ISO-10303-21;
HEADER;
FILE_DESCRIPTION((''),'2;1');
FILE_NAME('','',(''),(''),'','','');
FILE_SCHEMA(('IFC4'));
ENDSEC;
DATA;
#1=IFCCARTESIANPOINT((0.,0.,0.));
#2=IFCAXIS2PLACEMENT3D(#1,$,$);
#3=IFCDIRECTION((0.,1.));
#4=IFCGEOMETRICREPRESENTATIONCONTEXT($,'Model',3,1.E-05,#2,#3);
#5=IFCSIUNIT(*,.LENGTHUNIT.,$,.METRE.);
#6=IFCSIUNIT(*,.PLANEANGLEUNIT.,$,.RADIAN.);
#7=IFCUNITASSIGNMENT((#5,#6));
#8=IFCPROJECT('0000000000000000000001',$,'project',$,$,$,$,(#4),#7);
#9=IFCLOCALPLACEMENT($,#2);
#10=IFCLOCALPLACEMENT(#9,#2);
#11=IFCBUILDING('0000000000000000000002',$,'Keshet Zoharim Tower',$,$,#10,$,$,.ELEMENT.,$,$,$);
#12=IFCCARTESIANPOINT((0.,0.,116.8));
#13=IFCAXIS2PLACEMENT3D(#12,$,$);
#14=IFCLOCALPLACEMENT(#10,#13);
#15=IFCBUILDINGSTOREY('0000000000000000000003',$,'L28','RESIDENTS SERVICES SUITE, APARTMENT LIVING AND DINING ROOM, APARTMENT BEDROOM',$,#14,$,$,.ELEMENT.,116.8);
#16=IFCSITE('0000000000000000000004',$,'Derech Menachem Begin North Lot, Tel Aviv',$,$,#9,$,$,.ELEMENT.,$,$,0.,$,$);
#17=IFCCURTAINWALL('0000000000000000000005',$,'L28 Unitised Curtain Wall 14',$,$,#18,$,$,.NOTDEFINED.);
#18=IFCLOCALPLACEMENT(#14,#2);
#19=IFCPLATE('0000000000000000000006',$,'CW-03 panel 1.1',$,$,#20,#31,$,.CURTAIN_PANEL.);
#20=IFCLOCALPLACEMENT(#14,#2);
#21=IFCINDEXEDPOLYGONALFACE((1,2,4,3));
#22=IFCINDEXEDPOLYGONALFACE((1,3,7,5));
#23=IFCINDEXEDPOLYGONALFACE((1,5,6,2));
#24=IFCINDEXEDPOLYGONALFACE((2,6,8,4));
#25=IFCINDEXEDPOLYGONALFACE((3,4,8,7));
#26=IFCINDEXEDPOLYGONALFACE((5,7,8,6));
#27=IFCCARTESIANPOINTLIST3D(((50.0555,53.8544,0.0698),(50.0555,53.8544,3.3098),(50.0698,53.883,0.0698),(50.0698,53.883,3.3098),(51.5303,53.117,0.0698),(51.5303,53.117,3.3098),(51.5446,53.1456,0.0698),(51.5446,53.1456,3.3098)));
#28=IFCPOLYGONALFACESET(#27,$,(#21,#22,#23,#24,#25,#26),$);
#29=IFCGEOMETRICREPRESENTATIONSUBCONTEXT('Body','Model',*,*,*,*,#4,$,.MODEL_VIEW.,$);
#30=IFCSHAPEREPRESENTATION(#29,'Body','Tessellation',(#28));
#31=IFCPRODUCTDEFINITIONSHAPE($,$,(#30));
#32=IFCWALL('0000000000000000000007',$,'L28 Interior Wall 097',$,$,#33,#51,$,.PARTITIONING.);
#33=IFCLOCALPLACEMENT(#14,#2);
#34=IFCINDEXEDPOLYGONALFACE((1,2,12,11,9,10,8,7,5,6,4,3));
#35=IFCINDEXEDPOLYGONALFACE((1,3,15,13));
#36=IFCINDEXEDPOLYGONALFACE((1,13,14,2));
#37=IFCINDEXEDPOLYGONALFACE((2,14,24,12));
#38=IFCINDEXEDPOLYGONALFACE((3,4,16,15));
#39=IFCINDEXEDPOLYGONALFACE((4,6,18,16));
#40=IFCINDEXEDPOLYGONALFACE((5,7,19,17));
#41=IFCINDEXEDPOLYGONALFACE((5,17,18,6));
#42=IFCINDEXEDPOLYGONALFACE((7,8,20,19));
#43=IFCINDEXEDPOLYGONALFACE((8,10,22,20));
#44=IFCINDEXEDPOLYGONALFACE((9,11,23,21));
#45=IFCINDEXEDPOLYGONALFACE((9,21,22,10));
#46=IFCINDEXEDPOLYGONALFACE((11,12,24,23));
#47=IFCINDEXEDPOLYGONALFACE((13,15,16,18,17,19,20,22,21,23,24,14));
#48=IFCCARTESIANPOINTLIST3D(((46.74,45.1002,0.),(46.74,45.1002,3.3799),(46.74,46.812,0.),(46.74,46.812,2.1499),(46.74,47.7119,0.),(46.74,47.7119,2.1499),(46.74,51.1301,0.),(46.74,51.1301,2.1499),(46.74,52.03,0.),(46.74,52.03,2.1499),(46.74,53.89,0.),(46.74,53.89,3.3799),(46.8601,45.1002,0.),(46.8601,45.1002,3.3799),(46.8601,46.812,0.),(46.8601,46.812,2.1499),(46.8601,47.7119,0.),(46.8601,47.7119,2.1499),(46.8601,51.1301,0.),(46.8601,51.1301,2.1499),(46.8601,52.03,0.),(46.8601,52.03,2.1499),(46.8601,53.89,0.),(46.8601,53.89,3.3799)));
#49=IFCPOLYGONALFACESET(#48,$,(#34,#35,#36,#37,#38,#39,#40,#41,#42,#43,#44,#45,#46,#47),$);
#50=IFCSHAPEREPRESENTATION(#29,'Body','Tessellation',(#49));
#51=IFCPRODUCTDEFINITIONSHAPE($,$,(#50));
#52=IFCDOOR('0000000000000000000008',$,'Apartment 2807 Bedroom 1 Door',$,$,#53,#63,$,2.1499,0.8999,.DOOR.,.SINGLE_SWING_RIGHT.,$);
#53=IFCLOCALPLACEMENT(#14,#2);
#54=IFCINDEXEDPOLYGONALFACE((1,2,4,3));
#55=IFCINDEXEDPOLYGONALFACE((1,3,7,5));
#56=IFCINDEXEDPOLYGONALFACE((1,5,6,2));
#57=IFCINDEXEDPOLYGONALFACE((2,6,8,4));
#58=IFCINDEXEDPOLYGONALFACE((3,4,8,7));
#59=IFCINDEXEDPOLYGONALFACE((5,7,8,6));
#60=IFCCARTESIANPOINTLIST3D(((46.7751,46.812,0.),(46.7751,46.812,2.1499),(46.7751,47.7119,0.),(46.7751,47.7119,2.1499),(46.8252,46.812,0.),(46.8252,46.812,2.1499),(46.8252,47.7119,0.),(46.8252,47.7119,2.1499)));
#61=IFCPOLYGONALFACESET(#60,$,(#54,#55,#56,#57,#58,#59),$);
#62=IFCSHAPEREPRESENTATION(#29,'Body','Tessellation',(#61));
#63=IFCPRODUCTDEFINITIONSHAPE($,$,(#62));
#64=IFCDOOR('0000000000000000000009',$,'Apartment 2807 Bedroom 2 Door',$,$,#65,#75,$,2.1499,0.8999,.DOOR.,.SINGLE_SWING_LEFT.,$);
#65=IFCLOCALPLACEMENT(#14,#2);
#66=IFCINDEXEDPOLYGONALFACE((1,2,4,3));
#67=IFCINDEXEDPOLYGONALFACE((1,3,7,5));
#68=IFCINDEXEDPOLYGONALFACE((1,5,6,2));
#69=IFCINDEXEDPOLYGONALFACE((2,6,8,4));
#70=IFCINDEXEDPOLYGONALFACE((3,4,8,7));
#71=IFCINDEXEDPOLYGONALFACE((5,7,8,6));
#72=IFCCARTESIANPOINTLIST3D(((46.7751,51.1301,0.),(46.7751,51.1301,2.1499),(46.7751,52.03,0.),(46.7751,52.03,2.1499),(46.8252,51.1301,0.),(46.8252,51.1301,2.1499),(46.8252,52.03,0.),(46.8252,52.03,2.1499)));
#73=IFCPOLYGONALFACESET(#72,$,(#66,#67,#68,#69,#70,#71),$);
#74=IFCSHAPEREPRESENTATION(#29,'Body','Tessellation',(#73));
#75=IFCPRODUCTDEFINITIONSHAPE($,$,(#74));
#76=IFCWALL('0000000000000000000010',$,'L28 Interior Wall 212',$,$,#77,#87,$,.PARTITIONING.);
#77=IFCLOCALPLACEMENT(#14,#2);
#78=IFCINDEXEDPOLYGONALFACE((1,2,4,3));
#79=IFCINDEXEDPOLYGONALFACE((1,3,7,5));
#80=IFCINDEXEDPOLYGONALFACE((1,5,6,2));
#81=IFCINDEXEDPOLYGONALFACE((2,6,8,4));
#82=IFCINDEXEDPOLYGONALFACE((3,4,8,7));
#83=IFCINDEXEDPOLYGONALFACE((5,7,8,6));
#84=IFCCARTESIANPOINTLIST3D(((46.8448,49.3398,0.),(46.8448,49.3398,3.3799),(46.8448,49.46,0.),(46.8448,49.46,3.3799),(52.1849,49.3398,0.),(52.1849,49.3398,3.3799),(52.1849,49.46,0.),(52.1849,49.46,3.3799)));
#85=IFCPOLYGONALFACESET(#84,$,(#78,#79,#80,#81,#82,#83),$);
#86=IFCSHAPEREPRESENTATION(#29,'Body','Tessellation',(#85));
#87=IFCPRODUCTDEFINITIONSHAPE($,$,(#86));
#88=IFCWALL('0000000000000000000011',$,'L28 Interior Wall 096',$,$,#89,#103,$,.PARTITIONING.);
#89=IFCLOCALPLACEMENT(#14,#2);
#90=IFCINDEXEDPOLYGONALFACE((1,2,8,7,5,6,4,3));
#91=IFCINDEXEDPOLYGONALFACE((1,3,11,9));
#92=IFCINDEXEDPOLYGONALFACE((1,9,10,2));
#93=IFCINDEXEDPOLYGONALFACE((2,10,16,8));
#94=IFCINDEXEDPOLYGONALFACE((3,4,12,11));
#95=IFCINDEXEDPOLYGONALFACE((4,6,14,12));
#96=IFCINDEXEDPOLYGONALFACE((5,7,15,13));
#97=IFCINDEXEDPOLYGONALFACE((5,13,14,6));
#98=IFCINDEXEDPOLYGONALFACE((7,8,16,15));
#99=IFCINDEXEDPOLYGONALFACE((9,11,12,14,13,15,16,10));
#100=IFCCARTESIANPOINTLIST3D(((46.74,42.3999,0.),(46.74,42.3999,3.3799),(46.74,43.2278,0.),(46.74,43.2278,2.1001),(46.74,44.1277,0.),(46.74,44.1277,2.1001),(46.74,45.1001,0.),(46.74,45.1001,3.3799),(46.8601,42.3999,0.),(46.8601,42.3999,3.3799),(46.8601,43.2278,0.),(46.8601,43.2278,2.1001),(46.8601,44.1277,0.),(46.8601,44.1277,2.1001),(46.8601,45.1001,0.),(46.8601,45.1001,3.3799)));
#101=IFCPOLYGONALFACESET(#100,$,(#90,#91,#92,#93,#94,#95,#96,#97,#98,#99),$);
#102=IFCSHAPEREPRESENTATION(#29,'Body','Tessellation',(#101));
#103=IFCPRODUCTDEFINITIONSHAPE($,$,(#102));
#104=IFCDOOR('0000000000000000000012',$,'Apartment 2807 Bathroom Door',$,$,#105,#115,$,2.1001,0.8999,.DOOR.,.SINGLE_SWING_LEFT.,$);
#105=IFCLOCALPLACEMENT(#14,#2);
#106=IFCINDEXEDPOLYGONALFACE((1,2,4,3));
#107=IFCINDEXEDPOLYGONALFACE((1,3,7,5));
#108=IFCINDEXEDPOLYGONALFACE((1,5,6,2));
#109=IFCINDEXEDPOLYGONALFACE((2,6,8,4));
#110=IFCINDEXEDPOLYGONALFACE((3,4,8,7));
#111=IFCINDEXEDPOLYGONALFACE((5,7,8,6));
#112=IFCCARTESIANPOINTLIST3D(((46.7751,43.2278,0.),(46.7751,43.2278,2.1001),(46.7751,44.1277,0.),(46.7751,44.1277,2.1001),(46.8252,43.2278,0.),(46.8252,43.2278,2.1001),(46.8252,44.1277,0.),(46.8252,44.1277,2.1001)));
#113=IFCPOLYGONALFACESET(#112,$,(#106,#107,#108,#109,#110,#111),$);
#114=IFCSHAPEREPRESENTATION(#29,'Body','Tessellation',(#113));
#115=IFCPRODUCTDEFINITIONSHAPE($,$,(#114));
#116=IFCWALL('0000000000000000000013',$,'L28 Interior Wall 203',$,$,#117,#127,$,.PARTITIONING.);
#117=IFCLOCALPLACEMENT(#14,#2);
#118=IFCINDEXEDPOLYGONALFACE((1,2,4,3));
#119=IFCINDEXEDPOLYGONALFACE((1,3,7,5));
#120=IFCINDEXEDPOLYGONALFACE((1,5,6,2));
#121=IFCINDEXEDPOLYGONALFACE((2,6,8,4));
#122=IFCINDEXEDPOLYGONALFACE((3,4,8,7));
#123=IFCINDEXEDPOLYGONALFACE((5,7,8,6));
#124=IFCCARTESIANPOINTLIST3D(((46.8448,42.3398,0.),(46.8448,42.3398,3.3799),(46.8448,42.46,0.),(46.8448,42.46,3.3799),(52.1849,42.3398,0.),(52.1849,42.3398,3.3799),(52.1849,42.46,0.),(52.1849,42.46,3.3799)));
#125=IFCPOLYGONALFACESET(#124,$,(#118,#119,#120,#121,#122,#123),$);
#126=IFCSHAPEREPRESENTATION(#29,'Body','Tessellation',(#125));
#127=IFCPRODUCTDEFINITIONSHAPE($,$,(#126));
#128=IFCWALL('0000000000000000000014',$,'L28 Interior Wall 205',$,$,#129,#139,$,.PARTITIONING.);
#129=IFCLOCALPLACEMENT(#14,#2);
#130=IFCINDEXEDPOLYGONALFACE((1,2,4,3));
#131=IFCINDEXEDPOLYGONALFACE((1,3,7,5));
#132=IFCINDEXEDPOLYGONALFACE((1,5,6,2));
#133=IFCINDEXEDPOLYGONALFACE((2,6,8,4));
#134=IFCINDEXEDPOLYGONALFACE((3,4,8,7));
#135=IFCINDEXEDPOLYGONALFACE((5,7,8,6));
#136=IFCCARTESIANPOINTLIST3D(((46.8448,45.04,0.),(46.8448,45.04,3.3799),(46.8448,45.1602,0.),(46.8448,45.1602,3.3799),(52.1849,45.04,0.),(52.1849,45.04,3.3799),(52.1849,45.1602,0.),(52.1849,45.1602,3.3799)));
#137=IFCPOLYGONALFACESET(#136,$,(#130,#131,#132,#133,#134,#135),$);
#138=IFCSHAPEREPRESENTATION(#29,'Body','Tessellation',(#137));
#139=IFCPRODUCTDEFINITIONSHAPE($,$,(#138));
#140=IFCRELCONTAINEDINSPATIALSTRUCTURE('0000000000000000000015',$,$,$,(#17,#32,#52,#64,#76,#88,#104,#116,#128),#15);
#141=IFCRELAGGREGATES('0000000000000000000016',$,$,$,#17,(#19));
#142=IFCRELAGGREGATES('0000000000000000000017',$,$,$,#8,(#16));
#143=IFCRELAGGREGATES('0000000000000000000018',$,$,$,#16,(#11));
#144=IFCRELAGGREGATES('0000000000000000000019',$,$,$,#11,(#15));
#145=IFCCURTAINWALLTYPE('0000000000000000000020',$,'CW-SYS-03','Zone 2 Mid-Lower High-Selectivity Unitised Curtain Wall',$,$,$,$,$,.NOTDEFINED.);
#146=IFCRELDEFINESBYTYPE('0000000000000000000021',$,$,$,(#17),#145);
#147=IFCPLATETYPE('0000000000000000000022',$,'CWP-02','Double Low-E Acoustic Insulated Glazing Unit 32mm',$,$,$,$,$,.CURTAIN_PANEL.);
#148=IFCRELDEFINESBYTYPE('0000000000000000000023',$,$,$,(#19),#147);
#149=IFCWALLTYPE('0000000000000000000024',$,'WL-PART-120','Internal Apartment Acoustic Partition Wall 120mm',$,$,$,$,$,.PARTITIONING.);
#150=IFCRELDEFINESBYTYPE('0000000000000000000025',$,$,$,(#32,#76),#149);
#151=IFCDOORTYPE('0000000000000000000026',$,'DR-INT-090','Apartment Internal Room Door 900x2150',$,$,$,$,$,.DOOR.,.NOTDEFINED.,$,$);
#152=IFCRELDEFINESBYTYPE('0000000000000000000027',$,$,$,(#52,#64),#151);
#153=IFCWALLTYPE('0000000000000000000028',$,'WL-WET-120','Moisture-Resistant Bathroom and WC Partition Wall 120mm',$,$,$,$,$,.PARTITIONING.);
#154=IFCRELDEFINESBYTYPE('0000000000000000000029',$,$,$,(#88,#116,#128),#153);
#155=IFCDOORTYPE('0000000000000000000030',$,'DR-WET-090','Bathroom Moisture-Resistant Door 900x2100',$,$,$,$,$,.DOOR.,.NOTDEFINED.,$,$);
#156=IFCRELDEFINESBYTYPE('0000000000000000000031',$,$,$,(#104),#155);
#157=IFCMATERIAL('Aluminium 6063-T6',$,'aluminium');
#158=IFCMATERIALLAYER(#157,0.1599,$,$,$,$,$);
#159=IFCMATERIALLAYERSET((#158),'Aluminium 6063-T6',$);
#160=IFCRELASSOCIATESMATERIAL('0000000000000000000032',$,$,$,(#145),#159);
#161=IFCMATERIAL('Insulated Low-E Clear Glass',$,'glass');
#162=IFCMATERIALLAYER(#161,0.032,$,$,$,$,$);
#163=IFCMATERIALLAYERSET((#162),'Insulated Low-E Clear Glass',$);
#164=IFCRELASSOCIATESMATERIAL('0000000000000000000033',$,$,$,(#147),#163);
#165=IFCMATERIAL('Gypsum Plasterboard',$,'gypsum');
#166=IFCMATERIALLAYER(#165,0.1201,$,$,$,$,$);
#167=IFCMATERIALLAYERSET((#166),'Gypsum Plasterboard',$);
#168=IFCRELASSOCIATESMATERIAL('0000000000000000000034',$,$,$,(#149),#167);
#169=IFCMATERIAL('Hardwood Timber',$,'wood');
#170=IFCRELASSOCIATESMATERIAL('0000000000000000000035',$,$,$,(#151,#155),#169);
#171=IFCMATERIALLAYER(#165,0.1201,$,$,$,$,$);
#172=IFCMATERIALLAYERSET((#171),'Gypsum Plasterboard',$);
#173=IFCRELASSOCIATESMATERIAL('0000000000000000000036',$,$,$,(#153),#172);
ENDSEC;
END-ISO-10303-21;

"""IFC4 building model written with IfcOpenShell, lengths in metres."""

from ifc_helpers import new_model, si_unit, direction, frame, frame_2d, origin, origin_2d, place, context, subcontext, project, spatial, rectangle, extrude, material, layer, layer_set, type_object, element, fill, aggregate, save


model = new_model("IFC4")

# Units and contexts
model_context = context("Model", 3, precision=1e-05, world=origin(), true_north=direction((0.0, 1.0)))
body_context = subcontext(model_context, "Body", "Model", "MODEL_VIEW")
ifc_project = project(units=[si_unit("LENGTHUNIT", "METRE"), si_unit("PLANEANGLEUNIT", "RADIAN")], contexts=[model_context])

# Site, building, storey
site_placement = place(None, origin())
site = spatial("IfcSite", under=ifc_project, at=site_placement, Name="Derech Menachem Begin North Lot, Tel Aviv", CompositionType="ELEMENT", RefElevation=0.0)
building_placement = place(site_placement, origin())
building = spatial("IfcBuilding", under=site, at=building_placement, Name="Keshet Zoharim Tower", CompositionType="ELEMENT")
storey_placement = place(building_placement, frame((0.0, 0.0, 116.8)))
storey = spatial("IfcBuildingStorey", under=building, at=storey_placement, Name="L28", Description="RESIDENTS SERVICES SUITE, APARTMENT LIVING AND DINING ROOM, APARTMENT BEDROOM", CompositionType="ELEMENT", Elevation=116.8)

# Shared definitions
ifc_material_1 = material(Name="Aluminium 6063-T6", Category="aluminium")
ifc_layer_1 = layer(ifc_material_1, 0.1599)
ifc_layer_set_1 = layer_set([ifc_layer_1], Name="Aluminium 6063-T6")
curtain_wall_type = type_object("IfcCurtainWallType", Name="CW-SYS-03", Description="Zone 2 Mid-Lower High-Selectivity Unitised Curtain Wall", PredefinedType="NOTDEFINED", material=ifc_layer_set_1)

# Curtain wall
curtain_wall_1_placement = place(storey_placement, origin())
curtain_wall_1 = element("IfcCurtainWall", 1, at=curtain_wall_1_placement, inside=storey, type_object=curtain_wall_type, Name="L28 Unitised Curtain Wall 14", PredefinedType="NOTDEFINED")

# Plate
ifc_material_2 = material(Name="Insulated Low-E Clear Glass", Category="glass")
ifc_layer_2 = layer(ifc_material_2, 0.032)
ifc_layer_set_2 = layer_set([ifc_layer_2], Name="Insulated Low-E Clear Glass")
plate_type = type_object("IfcPlateType", Name="CWP-02", Description="Double Low-E Acoustic Insulated Glazing Unit 32mm", PredefinedType="CURTAIN_PANEL", material=ifc_layer_set_2)
plate_1_placement = place(storey_placement, frame((50.8, 53.5, 0.0698), z_axis=(0.0, 0.0, 1.0), x_axis=(0.894427, -0.447214, 0.0)))
plate_1 = element("IfcPlate", 2, at=plate_1_placement, type_object=plate_type, Name="CW-03 panel 1.1", PredefinedType="CURTAIN_PANEL", context=body_context, shape_type="SweptSolid", body=[
    extrude(rectangle(XDim=1.6489, YDim=0.032, at=origin_2d()), origin(), (0.0, 0.0, 1.0), 3.24),
])
aggregate(curtain_wall_1, [plate_1])

# Wall, openings, doors
ifc_material_3 = material(Name="Gypsum Plasterboard", Category="gypsum")
ifc_layer_3 = layer(ifc_material_3, 0.1201)
ifc_layer_set_3 = layer_set([ifc_layer_3], Name="Gypsum Plasterboard")
wall_type_1 = type_object("IfcWallType", Name="WL-PART-120", Description="Internal Apartment Acoustic Partition Wall 120mm", PredefinedType="PARTITIONING", material=ifc_layer_set_3)
wall_1_placement = place(storey_placement, frame((46.8, 45.1001, 0.0), z_axis=(0.0, 0.0, 1.0), x_axis=(0.0, 1.0, 0.0)))
wall_1 = element("IfcWall", 3, at=wall_1_placement, inside=storey, type_object=wall_type_1, Name="L28 Interior Wall 097", PredefinedType="PARTITIONING", context=body_context, shape_type="SweptSolid", body=[
    extrude(rectangle(XDim=8.7898, YDim=0.1201, at=frame_2d((4.395, 0.0))), origin(), (0.0, 0.0, 1.0), 3.3799),
])
opening_1_placement = place(wall_1_placement, frame((1.7119, 0.0, 0.0)))
opening_1 = element("IfcOpeningElement", 4, at=opening_1_placement, cuts=wall_1, PredefinedType="OPENING", context=body_context, shape_type="SweptSolid", body=[
    extrude(rectangle(XDim=0.8999, YDim=2.1499, at=frame_2d((0.45, 1.075))), frame((0.0, 0.0701, 0.0), z_axis=(0.0, -1.0, 0.0), x_axis=(1.0, 0.0, 0.0)), (0.0, 0.0, 1.0), 0.1401),
])
opening_2_placement = place(wall_1_placement, frame((6.03, 0.0, 0.0)))
opening_2 = element("IfcOpeningElement", 5, at=opening_2_placement, cuts=wall_1, PredefinedType="OPENING", context=body_context, shape_type="SweptSolid", body=[
    extrude(rectangle(XDim=0.8999, YDim=2.1499, at=frame_2d((0.45, 1.075))), frame((0.0, 0.0701, 0.0), z_axis=(0.0, -1.0, 0.0), x_axis=(1.0, 0.0, 0.0)), (0.0, 0.0, 1.0), 0.1401),
])
ifc_material_4 = material(Name="Hardwood Timber", Category="wood")
door_type_1 = type_object("IfcDoorType", Name="DR-INT-090", Description="Apartment Internal Room Door 900x2150", OperationType="NOTDEFINED", PredefinedType="DOOR", material=ifc_material_4)
door_1_placement = place(opening_1_placement, origin())
door_1 = element("IfcDoor", 6, at=door_1_placement, inside=storey, type_object=door_type_1, Name="Apartment 2807 Bedroom 1 Door", OperationType="SINGLE_SWING_RIGHT", OverallHeight=2.1499, OverallWidth=0.8999, PredefinedType="DOOR", context=body_context, shape_type="SweptSolid", body=[
    extrude(rectangle(XDim=0.8999, YDim=2.1499, at=frame_2d((0.45, 1.075))), frame((0.0, 0.0249, 0.0), z_axis=(0.0, -1.0, 0.0), x_axis=(1.0, 0.0, 0.0)), (0.0, 0.0, 1.0), 0.05),
])
fill(opening_1, door_1)
door_2_placement = place(opening_2_placement, origin())
door_2 = element("IfcDoor", 7, at=door_2_placement, inside=storey, type_object=door_type_1, Name="Apartment 2807 Bedroom 2 Door", OperationType="SINGLE_SWING_LEFT", OverallHeight=2.1499, OverallWidth=0.8999, PredefinedType="DOOR", context=body_context, shape_type="SweptSolid", body=[
    extrude(rectangle(XDim=0.8999, YDim=2.1499, at=frame_2d((0.45, 1.075))), frame((0.0, 0.0249, 0.0), z_axis=(0.0, -1.0, 0.0), x_axis=(1.0, 0.0, 0.0)), (0.0, 0.0, 1.0), 0.05),
])
fill(opening_2, door_2)

# Wall
wall_2_placement = place(storey_placement, frame((46.845, 49.3999, 0.0), z_axis=(0.0, 0.0, 1.0), x_axis=(1.0, 0.0, 0.0)))
element("IfcWall", 8, at=wall_2_placement, inside=storey, type_object=wall_type_1, Name="L28 Interior Wall 212", PredefinedType="PARTITIONING", context=body_context, shape_type="SweptSolid", body=[
    extrude(rectangle(XDim=5.3401, YDim=0.1201, at=frame_2d((2.6699, 0.0))), origin(), (0.0, 0.0, 1.0), 3.3799),
])

# Wall, opening, door
ifc_layer_4 = layer(ifc_material_3, 0.1201)
ifc_layer_set_4 = layer_set([ifc_layer_4], Name="Gypsum Plasterboard")
wall_type_2 = type_object("IfcWallType", Name="WL-WET-120", Description="Moisture-Resistant Bathroom and WC Partition Wall 120mm", PredefinedType="PARTITIONING", material=ifc_layer_set_4)
wall_3_placement = place(storey_placement, frame((46.8, 42.3999, 0.0), z_axis=(0.0, 0.0, 1.0), x_axis=(0.0, 1.0, 0.0)))
wall_3 = element("IfcWall", 9, at=wall_3_placement, inside=storey, type_object=wall_type_2, Name="L28 Interior Wall 096", PredefinedType="PARTITIONING", context=body_context, shape_type="SweptSolid", body=[
    extrude(rectangle(XDim=2.7002, YDim=0.1201, at=frame_2d((1.3501, 0.0))), origin(), (0.0, 0.0, 1.0), 3.3799),
])
opening_3_placement = place(wall_3_placement, frame((0.8279, 0.0, 0.0)))
opening_3 = element("IfcOpeningElement", 10, at=opening_3_placement, cuts=wall_3, PredefinedType="OPENING", context=body_context, shape_type="SweptSolid", body=[
    extrude(rectangle(XDim=0.8999, YDim=2.1001, at=frame_2d((0.45, 1.05))), frame((0.0, 0.0701, 0.0), z_axis=(0.0, -1.0, 0.0), x_axis=(1.0, 0.0, 0.0)), (0.0, 0.0, 1.0), 0.1401),
])
door_type_2 = type_object("IfcDoorType", Name="DR-WET-090", Description="Bathroom Moisture-Resistant Door 900x2100", OperationType="NOTDEFINED", PredefinedType="DOOR", material=ifc_material_4)
door_3_placement = place(opening_3_placement, origin())
door_3 = element("IfcDoor", 11, at=door_3_placement, inside=storey, type_object=door_type_2, Name="Apartment 2807 Bathroom Door", OperationType="SINGLE_SWING_LEFT", OverallHeight=2.1001, OverallWidth=0.8999, PredefinedType="DOOR", context=body_context, shape_type="SweptSolid", body=[
    extrude(rectangle(XDim=0.8999, YDim=2.1001, at=frame_2d((0.45, 1.05))), frame((0.0, 0.0249, 0.0), z_axis=(0.0, -1.0, 0.0), x_axis=(1.0, 0.0, 0.0)), (0.0, 0.0, 1.0), 0.05),
])
fill(opening_3, door_3)

# Walls
for number, where, z_axis, x_axis, name in (
    (12, (46.845, 42.3999, 0.0), (0.0, 0.0, 1.0), (1.0, 0.0, 0.0), "L28 Interior Wall 203"),
    (13, (46.845, 45.1001, 0.0), (0.0, 0.0, 1.0), (1.0, 0.0, 0.0), "L28 Interior Wall 205"),
):
    element("IfcWall", number, at=place(storey_placement, frame(where, z_axis=z_axis, x_axis=x_axis)), inside=storey, type_object=wall_type_2, Name=name, PredefinedType="PARTITIONING", context=body_context, shape_type="SweptSolid", body=[
        extrude(rectangle(XDim=5.3401, YDim=0.1201, at=frame_2d((2.6699, 0.0))), origin(), (0.0, 0.0, 1.0), 3.3799),
    ])

save(model, "model.ifc")
